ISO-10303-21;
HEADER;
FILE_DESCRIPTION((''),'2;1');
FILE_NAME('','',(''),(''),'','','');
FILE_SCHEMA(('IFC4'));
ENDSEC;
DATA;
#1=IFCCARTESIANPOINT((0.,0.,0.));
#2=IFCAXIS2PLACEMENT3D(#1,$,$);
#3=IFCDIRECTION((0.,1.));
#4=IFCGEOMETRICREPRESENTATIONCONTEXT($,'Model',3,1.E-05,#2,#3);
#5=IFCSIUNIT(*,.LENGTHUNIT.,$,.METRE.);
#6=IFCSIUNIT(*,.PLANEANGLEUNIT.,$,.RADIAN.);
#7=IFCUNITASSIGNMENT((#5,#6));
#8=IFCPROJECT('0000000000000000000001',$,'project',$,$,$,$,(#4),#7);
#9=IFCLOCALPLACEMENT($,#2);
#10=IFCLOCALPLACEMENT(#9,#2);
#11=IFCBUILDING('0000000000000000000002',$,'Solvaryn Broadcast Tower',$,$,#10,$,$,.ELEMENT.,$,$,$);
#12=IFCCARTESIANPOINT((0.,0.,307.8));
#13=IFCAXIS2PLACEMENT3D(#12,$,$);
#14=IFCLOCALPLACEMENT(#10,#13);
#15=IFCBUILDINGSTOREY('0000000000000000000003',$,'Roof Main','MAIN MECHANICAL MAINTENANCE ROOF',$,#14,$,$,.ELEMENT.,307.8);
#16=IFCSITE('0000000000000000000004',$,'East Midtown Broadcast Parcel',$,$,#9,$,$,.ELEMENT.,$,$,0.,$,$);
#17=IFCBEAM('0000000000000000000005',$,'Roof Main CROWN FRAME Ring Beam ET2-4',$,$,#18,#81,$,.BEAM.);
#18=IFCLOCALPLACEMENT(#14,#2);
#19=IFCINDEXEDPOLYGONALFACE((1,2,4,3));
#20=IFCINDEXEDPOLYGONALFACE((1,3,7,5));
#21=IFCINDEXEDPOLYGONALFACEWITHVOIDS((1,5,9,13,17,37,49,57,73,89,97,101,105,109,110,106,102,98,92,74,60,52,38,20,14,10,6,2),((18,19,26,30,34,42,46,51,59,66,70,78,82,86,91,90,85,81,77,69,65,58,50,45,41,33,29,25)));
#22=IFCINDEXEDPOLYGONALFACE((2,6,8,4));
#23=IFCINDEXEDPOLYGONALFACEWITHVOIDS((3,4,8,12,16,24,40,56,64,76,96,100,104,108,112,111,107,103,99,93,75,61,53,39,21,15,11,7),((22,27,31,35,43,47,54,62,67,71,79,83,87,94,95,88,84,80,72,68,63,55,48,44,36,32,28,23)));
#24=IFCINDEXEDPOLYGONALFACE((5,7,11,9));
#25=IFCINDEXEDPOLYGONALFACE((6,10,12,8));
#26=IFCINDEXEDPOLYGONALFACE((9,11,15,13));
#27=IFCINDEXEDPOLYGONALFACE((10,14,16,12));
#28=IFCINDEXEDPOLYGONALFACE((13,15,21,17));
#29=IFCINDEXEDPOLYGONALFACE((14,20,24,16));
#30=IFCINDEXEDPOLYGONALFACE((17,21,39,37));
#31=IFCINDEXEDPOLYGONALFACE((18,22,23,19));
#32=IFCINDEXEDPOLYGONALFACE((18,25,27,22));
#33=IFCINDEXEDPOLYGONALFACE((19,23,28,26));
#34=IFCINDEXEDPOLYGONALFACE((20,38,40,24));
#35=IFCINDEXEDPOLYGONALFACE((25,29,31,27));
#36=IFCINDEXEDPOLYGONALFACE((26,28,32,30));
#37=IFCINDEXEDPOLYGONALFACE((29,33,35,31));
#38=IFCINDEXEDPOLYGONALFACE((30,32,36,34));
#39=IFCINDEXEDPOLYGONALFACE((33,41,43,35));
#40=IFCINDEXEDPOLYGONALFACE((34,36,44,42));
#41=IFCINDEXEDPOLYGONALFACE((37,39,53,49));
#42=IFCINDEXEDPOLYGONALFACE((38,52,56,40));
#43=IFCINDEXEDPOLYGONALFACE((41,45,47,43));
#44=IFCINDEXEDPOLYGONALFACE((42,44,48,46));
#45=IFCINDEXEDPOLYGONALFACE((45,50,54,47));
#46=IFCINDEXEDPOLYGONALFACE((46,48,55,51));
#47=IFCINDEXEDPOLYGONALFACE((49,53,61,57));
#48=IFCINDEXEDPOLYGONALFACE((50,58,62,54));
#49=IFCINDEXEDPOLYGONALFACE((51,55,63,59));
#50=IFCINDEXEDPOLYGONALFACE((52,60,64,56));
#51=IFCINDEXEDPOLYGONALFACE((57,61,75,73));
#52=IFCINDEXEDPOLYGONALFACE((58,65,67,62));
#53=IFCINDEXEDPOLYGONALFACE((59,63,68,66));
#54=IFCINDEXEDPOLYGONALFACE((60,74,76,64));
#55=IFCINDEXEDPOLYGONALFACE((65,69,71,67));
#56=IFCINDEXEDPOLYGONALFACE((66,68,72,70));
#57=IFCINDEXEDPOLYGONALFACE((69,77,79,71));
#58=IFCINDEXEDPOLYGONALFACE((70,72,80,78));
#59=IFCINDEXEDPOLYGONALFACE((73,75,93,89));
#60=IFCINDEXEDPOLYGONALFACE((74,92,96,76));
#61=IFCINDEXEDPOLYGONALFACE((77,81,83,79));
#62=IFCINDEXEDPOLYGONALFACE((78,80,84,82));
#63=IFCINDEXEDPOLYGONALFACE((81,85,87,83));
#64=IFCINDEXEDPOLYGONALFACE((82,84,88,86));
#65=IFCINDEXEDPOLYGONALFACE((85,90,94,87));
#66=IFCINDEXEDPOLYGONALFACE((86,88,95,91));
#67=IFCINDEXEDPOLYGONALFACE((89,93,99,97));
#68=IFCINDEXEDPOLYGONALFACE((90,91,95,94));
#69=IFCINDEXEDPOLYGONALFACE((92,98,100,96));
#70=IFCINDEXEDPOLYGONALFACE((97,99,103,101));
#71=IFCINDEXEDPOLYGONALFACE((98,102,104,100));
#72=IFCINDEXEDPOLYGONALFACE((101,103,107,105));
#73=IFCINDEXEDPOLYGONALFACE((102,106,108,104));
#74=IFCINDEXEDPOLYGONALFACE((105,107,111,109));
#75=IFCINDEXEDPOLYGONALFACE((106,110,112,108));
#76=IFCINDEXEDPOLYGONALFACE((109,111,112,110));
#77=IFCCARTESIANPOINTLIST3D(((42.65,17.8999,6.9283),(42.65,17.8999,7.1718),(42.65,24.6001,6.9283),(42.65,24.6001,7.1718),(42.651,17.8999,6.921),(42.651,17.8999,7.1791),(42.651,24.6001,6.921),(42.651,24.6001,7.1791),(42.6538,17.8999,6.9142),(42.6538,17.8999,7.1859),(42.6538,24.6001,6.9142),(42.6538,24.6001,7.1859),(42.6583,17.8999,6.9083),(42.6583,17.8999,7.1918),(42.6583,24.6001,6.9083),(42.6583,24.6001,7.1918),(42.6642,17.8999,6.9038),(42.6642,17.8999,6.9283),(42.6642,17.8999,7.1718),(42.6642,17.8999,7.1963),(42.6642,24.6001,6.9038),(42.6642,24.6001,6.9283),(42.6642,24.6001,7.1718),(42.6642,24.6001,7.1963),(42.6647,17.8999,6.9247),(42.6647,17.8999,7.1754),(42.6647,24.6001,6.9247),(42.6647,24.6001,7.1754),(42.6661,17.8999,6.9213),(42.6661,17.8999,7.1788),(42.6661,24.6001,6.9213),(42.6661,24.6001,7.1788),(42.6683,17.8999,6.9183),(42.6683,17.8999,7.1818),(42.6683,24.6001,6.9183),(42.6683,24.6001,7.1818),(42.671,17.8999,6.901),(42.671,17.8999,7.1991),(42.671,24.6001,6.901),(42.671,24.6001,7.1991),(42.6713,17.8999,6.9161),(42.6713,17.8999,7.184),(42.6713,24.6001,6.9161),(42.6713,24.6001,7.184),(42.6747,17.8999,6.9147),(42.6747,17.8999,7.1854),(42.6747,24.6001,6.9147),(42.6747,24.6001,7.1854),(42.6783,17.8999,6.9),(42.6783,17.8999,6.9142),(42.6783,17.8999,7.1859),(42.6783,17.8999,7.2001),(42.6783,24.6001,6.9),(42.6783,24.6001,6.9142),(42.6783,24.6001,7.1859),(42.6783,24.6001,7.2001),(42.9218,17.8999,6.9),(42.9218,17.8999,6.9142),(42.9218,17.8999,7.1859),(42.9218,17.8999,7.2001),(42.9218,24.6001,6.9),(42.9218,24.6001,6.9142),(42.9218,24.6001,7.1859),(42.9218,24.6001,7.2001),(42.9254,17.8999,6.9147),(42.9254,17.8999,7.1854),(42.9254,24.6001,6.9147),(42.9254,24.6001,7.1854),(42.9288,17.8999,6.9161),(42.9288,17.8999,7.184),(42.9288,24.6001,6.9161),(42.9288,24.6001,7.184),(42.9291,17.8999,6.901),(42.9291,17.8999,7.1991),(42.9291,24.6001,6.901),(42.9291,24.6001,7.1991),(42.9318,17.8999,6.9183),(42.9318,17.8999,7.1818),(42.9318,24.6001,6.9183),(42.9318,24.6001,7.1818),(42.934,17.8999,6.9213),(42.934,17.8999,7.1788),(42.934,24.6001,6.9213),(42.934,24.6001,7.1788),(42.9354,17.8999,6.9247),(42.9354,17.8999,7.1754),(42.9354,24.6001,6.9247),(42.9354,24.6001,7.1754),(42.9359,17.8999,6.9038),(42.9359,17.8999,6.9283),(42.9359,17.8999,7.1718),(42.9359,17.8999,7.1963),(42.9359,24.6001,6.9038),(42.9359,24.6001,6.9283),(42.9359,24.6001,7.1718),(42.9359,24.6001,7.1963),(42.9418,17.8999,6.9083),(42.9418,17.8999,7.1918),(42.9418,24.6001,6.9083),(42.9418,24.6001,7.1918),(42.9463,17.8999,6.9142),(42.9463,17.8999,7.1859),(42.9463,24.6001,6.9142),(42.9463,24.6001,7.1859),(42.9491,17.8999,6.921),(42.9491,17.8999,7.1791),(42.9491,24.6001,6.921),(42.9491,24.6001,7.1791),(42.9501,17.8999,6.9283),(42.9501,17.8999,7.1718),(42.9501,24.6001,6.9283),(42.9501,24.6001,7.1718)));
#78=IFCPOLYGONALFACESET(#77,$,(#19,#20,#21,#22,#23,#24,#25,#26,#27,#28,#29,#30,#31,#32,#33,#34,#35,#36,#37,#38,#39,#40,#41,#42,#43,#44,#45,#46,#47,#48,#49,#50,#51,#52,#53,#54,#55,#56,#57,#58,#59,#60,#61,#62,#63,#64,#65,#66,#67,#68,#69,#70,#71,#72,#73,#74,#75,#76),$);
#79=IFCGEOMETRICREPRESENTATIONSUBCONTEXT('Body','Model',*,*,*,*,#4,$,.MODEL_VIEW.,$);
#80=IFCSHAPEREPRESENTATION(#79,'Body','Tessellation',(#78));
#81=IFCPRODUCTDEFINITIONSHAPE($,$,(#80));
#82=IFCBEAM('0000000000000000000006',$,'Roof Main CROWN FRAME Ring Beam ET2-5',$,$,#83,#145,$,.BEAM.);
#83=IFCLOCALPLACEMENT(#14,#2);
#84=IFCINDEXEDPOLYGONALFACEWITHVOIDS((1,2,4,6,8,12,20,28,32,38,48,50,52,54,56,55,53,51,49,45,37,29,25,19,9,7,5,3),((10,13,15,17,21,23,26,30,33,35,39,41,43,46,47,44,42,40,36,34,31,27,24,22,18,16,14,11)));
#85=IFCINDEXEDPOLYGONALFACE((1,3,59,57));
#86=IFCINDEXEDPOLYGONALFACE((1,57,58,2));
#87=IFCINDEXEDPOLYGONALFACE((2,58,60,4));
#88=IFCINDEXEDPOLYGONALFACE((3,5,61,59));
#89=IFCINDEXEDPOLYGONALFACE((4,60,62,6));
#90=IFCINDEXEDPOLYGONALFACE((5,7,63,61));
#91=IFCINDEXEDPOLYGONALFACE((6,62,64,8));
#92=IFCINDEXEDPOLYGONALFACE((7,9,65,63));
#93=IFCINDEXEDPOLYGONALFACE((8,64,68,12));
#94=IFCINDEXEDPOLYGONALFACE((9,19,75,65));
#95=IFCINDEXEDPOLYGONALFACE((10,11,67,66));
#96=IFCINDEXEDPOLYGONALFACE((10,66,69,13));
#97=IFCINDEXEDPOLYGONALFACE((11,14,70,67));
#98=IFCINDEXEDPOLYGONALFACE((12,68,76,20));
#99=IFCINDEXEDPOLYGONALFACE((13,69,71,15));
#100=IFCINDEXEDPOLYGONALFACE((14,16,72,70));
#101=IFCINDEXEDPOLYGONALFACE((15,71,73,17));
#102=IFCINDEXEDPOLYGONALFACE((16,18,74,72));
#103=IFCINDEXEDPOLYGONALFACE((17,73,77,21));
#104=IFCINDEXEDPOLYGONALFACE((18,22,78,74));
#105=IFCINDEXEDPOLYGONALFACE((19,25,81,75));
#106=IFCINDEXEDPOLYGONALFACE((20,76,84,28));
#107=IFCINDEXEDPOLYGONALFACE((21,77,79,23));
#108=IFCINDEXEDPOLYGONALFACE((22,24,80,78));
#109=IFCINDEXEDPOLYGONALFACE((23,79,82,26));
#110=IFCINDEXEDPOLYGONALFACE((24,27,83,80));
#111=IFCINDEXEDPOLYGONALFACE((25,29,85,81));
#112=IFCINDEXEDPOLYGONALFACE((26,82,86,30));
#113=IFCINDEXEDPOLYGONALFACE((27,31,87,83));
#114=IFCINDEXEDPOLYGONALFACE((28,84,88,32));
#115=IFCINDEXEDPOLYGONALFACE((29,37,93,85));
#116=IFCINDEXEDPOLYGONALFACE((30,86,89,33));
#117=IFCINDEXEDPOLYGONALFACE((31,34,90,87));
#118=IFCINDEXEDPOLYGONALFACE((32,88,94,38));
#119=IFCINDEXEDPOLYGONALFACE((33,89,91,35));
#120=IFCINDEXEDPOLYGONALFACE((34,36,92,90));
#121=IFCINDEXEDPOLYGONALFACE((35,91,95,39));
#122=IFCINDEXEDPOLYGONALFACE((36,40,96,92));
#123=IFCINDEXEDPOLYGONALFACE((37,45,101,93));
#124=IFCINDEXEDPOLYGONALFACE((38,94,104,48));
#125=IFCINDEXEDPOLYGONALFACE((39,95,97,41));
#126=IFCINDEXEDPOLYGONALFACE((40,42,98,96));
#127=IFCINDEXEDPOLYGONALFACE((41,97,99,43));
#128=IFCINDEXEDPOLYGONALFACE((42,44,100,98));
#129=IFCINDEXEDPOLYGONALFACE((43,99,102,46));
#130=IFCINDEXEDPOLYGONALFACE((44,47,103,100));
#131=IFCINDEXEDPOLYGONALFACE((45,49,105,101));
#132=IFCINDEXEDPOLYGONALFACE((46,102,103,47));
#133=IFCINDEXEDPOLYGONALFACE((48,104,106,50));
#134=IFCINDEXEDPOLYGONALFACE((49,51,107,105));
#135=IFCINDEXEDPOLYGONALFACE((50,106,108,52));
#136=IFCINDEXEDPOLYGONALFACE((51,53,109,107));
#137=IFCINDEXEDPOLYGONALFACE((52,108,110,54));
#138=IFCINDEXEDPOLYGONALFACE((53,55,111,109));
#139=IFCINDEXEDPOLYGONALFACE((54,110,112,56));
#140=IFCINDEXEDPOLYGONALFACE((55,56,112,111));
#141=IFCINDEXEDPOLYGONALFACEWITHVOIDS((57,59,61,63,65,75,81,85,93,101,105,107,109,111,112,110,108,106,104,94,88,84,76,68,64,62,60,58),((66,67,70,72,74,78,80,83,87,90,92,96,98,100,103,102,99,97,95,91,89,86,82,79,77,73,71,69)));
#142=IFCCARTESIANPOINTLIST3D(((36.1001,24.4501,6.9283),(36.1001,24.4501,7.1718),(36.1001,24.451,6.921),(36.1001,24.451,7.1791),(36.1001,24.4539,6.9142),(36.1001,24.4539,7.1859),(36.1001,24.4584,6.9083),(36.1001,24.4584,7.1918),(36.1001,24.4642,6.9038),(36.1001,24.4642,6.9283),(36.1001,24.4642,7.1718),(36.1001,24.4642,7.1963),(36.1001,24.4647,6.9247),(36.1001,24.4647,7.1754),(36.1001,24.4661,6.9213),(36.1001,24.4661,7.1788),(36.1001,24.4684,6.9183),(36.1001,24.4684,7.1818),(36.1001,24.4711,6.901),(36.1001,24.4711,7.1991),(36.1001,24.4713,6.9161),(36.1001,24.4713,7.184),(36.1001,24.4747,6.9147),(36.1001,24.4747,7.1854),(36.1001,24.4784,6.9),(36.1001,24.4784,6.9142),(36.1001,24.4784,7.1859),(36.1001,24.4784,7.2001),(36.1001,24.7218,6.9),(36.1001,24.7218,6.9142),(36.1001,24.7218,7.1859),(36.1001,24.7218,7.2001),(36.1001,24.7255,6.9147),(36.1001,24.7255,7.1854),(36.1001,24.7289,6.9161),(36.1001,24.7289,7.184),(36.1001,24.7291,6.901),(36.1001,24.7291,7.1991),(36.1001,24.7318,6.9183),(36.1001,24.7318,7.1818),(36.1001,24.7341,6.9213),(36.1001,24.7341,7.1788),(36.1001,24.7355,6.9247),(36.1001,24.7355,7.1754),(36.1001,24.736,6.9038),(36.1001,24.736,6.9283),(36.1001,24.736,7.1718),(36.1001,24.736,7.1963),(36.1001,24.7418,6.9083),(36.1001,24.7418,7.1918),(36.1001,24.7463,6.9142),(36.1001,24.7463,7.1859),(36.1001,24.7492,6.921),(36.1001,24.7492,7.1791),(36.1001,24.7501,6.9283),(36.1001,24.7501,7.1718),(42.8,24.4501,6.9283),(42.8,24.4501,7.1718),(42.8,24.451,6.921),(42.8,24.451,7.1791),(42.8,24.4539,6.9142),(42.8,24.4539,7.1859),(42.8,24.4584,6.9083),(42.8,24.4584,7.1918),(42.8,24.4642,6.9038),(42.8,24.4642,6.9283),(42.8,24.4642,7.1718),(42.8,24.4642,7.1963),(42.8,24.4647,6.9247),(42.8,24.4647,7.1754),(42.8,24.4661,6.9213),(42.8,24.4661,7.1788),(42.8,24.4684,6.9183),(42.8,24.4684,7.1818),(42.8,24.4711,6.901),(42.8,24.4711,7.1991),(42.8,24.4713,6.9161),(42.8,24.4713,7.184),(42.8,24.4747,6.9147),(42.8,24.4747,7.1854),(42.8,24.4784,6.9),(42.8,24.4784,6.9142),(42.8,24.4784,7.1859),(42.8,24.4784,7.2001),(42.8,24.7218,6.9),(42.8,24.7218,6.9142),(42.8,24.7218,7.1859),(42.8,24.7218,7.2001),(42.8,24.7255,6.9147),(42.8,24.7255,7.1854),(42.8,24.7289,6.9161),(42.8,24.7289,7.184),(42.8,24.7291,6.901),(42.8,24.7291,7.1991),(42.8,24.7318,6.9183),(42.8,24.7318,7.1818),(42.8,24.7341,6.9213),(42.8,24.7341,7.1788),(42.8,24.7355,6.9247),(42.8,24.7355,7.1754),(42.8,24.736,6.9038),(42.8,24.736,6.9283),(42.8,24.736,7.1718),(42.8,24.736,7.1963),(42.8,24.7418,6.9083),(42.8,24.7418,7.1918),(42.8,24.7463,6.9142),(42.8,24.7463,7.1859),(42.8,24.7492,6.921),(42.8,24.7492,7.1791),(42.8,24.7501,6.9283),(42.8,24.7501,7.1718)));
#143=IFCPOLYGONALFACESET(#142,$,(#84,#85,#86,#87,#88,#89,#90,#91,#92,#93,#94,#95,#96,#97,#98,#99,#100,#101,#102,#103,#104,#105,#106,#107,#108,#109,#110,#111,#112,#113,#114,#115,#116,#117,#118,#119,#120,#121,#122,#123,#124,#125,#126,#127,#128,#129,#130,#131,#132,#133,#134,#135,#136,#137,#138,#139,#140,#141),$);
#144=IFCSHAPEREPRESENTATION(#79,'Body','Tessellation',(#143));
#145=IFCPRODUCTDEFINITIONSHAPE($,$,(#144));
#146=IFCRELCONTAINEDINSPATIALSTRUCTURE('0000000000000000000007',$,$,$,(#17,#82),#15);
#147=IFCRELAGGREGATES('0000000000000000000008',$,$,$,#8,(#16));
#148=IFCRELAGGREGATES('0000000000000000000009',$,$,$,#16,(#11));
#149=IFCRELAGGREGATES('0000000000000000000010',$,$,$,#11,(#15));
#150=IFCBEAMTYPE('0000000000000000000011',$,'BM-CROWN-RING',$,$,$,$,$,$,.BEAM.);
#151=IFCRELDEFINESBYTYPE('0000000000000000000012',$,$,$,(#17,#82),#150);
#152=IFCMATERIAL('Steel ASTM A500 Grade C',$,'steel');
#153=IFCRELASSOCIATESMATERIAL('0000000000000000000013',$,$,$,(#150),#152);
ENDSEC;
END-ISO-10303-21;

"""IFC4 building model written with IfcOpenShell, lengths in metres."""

from ifc_helpers import new_model, si_unit, direction, frame, origin, origin_2d, place, context, subcontext, project, spatial, hollow_rectangle, extrude, material, material_profile, profile_set, type_object, element, save


model = new_model("IFC4")

# Units and contexts
model_context = context("Model", 3, precision=1e-05, world=origin(), true_north=direction((0.0, 1.0)))
body_context = subcontext(model_context, "Body", "Model", "MODEL_VIEW")
ifc_project = project(units=[si_unit("LENGTHUNIT", "METRE"), si_unit("PLANEANGLEUNIT", "RADIAN")], contexts=[model_context])

# Site, building, storey
site_placement = place(None, origin())
site = spatial("IfcSite", under=ifc_project, at=site_placement, Name="East Midtown Broadcast Parcel", CompositionType="ELEMENT", RefElevation=0.0)
building_placement = place(site_placement, origin())
building = spatial("IfcBuilding", under=site, at=building_placement, Name="Solvaryn Broadcast Tower", CompositionType="ELEMENT")
storey_placement = place(building_placement, frame((0.0, 0.0, 307.8)))
storey = spatial("IfcBuildingStorey", under=building, at=storey_placement, Name="Roof Main", Description="MAIN MECHANICAL MAINTENANCE ROOF", CompositionType="ELEMENT", Elevation=307.8)

# Beams
ifc_material_1 = material(Name="Steel ASTM A500 Grade C", Category="steel")
ifc_material_profile_1 = material_profile(ifc_material_1, hollow_rectangle(XDim=0.3, YDim=0.3, WallThickness=0.0142, InnerFilletRadius=0.0142, OuterFilletRadius=0.0283, at=origin_2d()))
ifc_profile_set_1 = profile_set([ifc_material_profile_1], Name="Steel ASTM A500 Grade C")
beam_type_1 = type_object("IfcBeamType", Name="BM-CROWN-RING", PredefinedType="BEAM", material=ifc_profile_set_1)
beam_1_placement = place(storey_placement, frame((42.8, 17.8999, 7.05), z_axis=(0.0, 1.0, 0.0), x_axis=(-1.0, 0.0, 0.0)))
element("IfcBeam", 1, at=beam_1_placement, inside=storey, type_object=beam_type_1, Name="Roof Main CROWN FRAME Ring Beam ET2-4", PredefinedType="BEAM", context=body_context, shape_type="SweptSolid", body=[
    extrude(hollow_rectangle(XDim=0.3, YDim=0.3, WallThickness=0.0142, InnerFilletRadius=0.0142, OuterFilletRadius=0.0283, at=origin_2d()), origin(), (0.0, 0.0, 1.0), 6.7002),
])
beam_2_placement = place(storey_placement, frame((42.8, 24.6001, 7.05), z_axis=(-1.0, 0.0, 0.0), x_axis=(0.0, -1.0, 0.0)))
element("IfcBeam", 2, at=beam_2_placement, inside=storey, type_object=beam_type_1, Name="Roof Main CROWN FRAME Ring Beam ET2-5", PredefinedType="BEAM", context=body_context, shape_type="SweptSolid", body=[
    extrude(hollow_rectangle(XDim=0.3, YDim=0.3, WallThickness=0.0142, InnerFilletRadius=0.0142, OuterFilletRadius=0.0283, at=origin_2d()), origin(), (0.0, 0.0, 1.0), 6.7),
])

save(model, "model.ifc")
